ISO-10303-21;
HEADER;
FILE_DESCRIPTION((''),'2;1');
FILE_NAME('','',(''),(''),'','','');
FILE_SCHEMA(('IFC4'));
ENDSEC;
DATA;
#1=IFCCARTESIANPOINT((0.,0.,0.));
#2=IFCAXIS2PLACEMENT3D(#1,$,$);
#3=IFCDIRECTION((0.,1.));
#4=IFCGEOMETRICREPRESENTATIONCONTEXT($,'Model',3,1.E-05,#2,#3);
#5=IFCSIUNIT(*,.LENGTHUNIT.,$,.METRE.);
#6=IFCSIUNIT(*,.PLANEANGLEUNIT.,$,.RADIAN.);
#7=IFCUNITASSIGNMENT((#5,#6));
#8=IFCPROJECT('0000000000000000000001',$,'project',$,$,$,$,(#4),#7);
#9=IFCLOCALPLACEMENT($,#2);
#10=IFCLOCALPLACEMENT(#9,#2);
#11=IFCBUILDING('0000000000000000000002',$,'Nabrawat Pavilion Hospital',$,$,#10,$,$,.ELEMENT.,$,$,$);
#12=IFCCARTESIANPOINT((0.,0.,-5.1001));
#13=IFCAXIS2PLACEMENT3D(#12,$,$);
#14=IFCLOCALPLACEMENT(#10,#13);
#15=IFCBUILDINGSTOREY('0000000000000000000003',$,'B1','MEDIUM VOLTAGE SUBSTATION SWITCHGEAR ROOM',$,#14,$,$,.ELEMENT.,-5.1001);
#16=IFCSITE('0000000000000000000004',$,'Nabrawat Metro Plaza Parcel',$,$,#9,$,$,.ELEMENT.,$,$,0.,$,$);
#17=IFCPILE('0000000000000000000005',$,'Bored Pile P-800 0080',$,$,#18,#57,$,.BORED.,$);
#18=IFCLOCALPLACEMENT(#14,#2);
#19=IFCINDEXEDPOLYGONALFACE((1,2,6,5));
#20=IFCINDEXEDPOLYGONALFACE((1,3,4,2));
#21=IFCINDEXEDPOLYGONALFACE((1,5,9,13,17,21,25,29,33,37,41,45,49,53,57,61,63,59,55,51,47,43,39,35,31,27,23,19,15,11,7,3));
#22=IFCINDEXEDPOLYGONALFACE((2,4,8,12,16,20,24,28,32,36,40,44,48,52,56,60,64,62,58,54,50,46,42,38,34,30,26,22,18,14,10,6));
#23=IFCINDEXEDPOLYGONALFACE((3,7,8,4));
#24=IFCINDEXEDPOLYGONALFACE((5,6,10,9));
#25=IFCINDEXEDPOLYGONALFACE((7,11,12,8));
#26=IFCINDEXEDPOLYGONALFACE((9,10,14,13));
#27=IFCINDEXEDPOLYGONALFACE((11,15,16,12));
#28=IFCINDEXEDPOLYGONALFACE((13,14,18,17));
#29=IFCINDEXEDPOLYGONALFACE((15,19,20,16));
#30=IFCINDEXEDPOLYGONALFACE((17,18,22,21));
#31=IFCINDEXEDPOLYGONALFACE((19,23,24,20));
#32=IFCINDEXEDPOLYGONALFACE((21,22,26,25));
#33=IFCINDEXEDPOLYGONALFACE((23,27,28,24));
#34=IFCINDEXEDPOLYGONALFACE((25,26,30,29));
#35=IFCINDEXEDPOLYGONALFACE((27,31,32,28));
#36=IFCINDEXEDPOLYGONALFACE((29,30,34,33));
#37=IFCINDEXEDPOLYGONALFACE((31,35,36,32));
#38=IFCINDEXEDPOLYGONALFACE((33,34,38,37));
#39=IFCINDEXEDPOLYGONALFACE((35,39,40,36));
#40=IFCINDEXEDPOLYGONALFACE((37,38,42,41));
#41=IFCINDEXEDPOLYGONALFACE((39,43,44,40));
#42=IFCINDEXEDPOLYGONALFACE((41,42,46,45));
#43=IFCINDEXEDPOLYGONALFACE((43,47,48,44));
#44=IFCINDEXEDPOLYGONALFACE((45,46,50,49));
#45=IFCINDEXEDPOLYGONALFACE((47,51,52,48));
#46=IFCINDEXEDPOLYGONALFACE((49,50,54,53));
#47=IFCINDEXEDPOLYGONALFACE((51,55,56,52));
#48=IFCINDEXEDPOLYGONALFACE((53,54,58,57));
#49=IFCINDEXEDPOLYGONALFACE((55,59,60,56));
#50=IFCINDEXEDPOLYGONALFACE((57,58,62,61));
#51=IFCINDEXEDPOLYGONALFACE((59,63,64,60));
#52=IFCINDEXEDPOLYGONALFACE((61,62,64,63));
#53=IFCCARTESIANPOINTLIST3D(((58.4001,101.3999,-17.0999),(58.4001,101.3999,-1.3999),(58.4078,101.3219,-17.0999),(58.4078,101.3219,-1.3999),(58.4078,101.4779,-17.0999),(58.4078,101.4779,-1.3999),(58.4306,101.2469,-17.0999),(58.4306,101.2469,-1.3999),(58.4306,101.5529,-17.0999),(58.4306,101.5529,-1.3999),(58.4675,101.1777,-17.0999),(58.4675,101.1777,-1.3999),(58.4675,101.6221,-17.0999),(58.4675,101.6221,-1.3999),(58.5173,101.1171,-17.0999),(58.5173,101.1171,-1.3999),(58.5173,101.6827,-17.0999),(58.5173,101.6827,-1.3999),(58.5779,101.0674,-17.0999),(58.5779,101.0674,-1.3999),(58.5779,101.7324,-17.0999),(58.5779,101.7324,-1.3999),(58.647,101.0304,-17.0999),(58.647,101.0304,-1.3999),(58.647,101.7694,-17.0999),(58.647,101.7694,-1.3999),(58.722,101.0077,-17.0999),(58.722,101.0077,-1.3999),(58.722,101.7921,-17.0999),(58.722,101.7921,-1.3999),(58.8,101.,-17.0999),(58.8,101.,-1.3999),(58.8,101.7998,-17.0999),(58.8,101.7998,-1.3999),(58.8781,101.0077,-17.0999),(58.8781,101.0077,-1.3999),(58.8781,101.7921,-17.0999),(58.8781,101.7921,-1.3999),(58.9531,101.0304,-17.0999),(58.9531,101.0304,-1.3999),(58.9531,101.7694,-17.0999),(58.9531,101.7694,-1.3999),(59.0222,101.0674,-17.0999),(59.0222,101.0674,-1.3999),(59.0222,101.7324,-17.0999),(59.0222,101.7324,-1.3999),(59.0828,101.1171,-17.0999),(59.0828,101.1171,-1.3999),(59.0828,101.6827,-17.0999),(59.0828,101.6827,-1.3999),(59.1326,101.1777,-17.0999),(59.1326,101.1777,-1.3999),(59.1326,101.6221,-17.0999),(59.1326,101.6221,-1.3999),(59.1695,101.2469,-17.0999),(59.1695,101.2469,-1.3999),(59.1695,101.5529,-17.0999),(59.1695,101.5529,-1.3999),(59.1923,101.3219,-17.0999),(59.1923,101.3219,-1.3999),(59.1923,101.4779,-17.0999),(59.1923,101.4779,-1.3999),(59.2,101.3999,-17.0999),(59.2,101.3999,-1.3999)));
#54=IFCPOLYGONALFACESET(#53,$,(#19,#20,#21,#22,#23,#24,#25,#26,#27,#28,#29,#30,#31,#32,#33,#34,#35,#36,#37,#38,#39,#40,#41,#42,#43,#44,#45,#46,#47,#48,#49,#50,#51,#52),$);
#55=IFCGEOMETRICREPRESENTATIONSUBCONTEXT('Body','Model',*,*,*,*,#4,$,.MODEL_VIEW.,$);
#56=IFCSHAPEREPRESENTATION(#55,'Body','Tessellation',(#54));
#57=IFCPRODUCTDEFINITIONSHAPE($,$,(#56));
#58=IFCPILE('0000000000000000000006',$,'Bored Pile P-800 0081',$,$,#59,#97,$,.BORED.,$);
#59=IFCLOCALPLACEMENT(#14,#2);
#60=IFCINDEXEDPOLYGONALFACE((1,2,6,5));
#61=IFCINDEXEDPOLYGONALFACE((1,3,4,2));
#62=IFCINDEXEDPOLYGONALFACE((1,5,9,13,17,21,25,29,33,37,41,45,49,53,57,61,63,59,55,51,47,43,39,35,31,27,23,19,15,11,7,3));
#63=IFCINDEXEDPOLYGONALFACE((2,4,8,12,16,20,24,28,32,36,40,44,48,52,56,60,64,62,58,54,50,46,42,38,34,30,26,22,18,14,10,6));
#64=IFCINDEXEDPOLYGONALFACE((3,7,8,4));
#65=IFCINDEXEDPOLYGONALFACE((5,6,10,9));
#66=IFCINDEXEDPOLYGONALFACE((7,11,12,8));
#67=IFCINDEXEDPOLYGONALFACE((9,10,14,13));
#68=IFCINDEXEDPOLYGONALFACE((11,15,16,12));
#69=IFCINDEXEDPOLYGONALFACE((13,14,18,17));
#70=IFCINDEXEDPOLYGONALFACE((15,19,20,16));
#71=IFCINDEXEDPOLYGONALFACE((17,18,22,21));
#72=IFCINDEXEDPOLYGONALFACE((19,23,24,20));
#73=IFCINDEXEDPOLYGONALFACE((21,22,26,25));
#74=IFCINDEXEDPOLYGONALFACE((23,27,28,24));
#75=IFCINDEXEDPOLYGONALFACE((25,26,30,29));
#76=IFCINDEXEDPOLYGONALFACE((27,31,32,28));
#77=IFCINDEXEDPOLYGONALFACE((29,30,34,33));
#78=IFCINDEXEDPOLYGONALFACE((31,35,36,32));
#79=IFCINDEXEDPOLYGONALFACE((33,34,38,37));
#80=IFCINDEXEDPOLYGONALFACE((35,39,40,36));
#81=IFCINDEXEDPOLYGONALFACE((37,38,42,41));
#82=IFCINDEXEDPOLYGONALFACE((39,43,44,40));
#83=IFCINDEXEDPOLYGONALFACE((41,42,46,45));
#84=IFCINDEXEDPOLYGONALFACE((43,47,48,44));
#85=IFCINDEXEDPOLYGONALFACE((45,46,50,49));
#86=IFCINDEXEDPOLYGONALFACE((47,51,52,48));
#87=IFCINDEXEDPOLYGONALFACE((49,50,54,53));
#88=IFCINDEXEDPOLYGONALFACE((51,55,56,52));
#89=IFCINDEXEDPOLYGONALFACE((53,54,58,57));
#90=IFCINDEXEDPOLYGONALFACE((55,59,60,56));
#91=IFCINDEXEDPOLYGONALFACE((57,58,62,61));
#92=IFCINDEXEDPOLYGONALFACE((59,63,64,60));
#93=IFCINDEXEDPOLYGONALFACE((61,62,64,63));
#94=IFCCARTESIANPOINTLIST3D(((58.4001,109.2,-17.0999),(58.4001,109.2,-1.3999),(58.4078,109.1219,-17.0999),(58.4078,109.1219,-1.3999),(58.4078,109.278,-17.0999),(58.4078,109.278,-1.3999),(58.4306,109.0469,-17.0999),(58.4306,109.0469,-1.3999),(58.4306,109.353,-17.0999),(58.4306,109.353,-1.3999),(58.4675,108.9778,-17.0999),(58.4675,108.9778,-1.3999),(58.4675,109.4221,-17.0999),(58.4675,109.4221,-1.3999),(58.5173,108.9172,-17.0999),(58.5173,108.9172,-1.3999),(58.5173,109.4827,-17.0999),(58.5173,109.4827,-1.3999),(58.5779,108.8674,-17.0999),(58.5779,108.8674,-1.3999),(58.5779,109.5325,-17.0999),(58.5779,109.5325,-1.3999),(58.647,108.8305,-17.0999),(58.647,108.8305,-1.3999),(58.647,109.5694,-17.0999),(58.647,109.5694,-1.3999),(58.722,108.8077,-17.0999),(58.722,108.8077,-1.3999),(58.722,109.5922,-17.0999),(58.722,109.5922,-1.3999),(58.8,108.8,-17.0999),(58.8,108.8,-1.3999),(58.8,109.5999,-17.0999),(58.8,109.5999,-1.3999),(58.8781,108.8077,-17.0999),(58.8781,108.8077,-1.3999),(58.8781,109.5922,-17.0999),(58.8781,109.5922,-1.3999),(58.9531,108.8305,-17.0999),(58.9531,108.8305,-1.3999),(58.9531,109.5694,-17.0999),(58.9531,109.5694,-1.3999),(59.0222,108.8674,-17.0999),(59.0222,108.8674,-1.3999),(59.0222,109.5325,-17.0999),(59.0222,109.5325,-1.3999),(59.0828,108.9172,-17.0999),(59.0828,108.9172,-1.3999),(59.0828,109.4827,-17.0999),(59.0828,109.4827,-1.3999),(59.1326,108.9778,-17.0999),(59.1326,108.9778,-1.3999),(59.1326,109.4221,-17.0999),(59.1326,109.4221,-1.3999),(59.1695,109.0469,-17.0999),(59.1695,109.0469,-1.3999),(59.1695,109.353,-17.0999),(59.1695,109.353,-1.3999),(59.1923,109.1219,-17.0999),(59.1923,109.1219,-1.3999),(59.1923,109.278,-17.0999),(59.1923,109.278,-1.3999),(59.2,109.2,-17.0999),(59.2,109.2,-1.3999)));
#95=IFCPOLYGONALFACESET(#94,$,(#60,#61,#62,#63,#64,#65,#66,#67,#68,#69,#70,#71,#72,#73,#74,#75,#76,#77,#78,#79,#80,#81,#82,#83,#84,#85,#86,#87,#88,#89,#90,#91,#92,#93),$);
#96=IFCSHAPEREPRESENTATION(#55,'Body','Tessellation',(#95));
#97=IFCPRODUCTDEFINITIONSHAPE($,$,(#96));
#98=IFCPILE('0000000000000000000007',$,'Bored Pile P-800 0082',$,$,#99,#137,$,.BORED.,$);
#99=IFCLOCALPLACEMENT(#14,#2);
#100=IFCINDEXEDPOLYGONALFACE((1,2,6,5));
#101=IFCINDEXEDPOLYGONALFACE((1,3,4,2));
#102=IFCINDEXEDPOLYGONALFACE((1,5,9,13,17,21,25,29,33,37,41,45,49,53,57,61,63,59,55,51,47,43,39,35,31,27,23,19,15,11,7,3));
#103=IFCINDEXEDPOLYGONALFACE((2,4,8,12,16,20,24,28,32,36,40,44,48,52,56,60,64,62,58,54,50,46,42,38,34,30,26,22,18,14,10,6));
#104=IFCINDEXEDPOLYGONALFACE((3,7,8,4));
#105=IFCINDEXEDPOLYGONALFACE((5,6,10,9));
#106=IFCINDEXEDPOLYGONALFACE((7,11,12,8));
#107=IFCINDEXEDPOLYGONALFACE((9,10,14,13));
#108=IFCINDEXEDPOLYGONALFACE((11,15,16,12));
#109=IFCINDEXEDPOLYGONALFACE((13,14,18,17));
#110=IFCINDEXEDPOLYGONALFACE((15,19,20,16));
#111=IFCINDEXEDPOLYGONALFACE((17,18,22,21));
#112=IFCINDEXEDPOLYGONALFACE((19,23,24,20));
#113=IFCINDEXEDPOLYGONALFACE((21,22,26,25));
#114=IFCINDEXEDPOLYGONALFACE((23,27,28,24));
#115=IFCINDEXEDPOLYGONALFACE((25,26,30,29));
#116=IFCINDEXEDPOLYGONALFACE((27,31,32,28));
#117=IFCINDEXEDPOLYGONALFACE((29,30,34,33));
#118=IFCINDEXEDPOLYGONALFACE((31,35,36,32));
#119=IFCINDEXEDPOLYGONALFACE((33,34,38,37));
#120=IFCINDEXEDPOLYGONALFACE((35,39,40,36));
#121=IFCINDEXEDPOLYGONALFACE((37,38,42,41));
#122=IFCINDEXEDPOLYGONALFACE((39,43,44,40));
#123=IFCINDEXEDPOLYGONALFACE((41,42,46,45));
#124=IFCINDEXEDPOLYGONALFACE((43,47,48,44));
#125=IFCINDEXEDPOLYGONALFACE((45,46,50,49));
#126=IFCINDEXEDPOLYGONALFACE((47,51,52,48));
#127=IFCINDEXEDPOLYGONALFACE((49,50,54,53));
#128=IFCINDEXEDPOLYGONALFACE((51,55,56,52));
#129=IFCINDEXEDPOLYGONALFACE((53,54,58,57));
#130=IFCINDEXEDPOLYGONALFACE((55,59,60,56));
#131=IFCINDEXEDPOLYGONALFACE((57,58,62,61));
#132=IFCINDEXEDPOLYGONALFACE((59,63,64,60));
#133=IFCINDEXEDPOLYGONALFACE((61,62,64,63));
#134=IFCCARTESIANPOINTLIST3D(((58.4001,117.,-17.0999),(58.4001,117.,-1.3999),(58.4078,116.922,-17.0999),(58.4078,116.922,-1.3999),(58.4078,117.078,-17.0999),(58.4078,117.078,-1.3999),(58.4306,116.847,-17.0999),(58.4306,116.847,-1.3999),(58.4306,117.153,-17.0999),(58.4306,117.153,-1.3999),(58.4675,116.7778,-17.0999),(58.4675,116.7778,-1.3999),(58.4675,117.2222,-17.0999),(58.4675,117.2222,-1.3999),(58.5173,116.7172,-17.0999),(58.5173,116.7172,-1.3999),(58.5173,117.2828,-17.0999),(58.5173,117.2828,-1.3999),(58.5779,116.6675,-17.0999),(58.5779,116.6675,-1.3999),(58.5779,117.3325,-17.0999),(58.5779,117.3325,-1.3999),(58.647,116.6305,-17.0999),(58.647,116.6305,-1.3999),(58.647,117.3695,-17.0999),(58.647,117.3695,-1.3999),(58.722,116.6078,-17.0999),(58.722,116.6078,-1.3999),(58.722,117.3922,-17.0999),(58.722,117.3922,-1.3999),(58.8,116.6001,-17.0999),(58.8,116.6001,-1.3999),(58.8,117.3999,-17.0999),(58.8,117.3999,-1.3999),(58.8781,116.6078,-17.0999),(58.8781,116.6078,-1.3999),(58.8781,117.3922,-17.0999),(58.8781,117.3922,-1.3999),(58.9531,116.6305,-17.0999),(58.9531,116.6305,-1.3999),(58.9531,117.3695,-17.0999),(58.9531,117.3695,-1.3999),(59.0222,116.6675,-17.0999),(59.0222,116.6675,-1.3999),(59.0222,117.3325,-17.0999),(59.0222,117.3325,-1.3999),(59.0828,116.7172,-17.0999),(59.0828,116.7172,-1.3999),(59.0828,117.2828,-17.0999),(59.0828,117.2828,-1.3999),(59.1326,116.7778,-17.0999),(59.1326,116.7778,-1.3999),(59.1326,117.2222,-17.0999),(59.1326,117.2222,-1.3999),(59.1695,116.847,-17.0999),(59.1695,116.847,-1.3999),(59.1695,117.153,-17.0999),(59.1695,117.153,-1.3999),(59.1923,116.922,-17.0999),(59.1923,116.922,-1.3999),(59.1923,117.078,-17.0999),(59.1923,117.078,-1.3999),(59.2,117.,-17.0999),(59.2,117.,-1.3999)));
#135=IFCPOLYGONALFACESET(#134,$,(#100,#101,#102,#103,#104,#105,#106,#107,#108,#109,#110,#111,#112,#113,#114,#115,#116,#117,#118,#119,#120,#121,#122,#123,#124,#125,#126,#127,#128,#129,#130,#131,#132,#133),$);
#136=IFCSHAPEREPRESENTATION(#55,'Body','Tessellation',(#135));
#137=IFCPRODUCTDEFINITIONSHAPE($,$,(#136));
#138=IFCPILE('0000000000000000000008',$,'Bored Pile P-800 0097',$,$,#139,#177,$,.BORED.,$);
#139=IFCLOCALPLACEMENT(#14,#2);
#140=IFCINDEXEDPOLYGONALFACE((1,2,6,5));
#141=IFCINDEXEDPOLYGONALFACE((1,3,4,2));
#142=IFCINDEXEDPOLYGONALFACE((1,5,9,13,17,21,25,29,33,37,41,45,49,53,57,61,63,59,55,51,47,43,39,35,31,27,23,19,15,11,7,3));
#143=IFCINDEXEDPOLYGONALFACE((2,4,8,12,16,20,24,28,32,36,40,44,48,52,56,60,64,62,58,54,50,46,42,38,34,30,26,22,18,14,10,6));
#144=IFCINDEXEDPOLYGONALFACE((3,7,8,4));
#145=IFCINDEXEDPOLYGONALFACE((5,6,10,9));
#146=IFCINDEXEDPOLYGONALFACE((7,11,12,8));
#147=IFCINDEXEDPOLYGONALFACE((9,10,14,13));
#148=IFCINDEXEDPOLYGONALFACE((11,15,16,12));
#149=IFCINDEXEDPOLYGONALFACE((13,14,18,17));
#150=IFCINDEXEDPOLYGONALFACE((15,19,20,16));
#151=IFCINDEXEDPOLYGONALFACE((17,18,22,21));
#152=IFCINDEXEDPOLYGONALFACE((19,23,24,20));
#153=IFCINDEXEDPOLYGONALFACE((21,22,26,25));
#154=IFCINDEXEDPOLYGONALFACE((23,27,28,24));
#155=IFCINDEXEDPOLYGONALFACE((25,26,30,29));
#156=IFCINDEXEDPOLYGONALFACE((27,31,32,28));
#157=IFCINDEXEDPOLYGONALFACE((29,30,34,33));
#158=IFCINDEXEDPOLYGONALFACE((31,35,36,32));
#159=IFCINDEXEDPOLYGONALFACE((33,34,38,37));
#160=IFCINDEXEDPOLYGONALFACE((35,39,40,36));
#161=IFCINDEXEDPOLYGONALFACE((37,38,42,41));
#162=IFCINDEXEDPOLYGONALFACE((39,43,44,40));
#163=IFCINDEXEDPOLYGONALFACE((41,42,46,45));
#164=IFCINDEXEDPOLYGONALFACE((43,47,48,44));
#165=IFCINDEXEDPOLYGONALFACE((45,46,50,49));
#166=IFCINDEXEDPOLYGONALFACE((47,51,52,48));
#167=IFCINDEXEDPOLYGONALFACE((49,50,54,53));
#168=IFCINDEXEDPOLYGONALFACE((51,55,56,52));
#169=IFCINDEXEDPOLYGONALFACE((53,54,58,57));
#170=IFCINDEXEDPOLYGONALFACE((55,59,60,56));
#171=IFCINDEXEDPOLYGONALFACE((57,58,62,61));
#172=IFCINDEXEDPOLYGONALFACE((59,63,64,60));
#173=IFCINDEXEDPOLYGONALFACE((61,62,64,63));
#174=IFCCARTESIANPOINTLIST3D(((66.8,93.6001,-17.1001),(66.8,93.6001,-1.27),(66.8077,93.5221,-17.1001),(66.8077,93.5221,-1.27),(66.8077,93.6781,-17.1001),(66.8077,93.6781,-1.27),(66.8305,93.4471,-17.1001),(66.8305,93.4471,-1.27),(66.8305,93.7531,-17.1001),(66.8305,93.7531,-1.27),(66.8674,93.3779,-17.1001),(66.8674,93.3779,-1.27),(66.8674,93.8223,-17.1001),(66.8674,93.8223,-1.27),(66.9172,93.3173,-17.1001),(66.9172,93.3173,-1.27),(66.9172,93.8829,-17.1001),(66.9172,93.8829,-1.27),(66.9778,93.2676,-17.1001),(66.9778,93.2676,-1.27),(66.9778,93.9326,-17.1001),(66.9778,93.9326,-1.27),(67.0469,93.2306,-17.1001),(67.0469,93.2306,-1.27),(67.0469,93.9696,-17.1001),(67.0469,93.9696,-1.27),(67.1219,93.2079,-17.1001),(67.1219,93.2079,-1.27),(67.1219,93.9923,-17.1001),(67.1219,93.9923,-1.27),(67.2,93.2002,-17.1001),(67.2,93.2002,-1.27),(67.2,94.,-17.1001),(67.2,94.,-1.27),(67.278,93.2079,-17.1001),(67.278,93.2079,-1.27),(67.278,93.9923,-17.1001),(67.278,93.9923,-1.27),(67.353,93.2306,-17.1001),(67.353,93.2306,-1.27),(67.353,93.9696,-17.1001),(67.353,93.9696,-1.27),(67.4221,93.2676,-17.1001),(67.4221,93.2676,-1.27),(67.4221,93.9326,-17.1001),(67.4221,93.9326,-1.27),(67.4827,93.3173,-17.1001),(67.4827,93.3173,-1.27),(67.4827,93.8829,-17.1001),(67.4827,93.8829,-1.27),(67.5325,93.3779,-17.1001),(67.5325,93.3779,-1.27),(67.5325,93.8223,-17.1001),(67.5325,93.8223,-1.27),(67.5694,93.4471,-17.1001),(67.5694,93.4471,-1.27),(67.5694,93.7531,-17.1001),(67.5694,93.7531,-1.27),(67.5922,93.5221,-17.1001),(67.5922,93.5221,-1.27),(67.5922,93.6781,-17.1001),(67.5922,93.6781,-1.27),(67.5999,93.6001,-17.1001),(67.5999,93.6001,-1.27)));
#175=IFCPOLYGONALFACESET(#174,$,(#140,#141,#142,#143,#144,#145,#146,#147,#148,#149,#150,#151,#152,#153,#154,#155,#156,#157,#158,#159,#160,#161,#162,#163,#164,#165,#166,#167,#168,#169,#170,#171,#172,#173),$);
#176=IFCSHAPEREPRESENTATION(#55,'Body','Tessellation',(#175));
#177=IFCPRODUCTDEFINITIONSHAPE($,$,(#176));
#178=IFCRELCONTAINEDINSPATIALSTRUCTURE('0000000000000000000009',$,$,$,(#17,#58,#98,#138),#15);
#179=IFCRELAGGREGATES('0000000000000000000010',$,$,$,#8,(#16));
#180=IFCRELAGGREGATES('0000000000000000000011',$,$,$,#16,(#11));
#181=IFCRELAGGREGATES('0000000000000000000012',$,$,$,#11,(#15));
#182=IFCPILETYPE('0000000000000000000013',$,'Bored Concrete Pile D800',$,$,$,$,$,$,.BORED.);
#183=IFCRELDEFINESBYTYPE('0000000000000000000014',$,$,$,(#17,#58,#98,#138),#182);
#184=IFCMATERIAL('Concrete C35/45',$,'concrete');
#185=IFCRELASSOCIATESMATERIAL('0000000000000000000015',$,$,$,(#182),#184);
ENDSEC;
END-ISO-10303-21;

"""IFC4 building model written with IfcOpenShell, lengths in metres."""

from ifc_helpers import new_model, si_unit, direction, frame, origin, origin_2d, place, context, subcontext, project, spatial, circle, extrude, material, material_profile, profile_set, type_object, element, save


model = new_model("IFC4")

# Units and contexts
model_context = context("Model", 3, precision=1e-05, world=origin(), true_north=direction((0.0, 1.0)))
body_context = subcontext(model_context, "Body", "Model", "MODEL_VIEW")
ifc_project = project(units=[si_unit("LENGTHUNIT", "METRE"), si_unit("PLANEANGLEUNIT", "RADIAN")], contexts=[model_context])

# Site, building, storey
site_placement = place(None, origin())
site = spatial("IfcSite", under=ifc_project, at=site_placement, Name="Nabrawat Metro Plaza Parcel", CompositionType="ELEMENT", RefElevation=0.0)
building_placement = place(site_placement, origin())
building = spatial("IfcBuilding", under=site, at=building_placement, Name="Nabrawat Pavilion Hospital", CompositionType="ELEMENT")
storey_placement = place(building_placement, frame((0.0, 0.0, -5.1001)))
storey = spatial("IfcBuildingStorey", under=building, at=storey_placement, Name="B1", Description="MEDIUM VOLTAGE SUBSTATION SWITCHGEAR ROOM", CompositionType="ELEMENT", Elevation=-5.1001)

# Piles
ifc_material_1 = material(Name="Concrete C35/45", Category="concrete")
ifc_material_profile_1 = material_profile(ifc_material_1, circle(Radius=0.3999, at=origin_2d()), Name="DIA 800")
ifc_profile_set_1 = profile_set([ifc_material_profile_1], Name="Concrete C35/45")
pile_type_1 = type_object("IfcPileType", Name="Bored Concrete Pile D800", PredefinedType="BORED", material=ifc_profile_set_1)
for number, where, z_axis, x_axis, name in (
    (1, (58.8, 101.3999, -1.3999), (0.0, 0.0, -1.0), (1.0, 0.0, 0.0), "Bored Pile P-800 0080"),
    (2, (58.8, 109.2, -1.3999), (0.0, 0.0, -1.0), (1.0, 0.0, 0.0), "Bored Pile P-800 0081"),
    (3, (58.8, 117.0, -1.3999), (0.0, 0.0, -1.0), (1.0, 0.0, 0.0), "Bored Pile P-800 0082"),
):
    element("IfcPile", number, at=place(storey_placement, frame(where, z_axis=z_axis, x_axis=x_axis)), inside=storey, type_object=pile_type_1, Name=name, PredefinedType="BORED", context=body_context, shape_type="SweptSolid", body=[
        extrude(circle(Radius=0.3999, at=origin_2d()), origin(), (0.0, 0.0, 1.0), 15.7),
    ])
for number, where, z_axis, x_axis, name in (
    (4, (67.2, 93.6001, -1.27), (0.0, 0.0, -1.0), (1.0, 0.0, 0.0), "Bored Pile P-800 0097"),
):
    element("IfcPile", number, at=place(storey_placement, frame(where, z_axis=z_axis, x_axis=x_axis)), inside=storey, type_object=pile_type_1, Name=name, PredefinedType="BORED", context=body_context, shape_type="SweptSolid", body=[
        extrude(circle(Radius=0.3999, at=origin_2d()), origin(), (0.0, 0.0, 1.0), 15.8301),
    ])

save(model, "model.ifc")
